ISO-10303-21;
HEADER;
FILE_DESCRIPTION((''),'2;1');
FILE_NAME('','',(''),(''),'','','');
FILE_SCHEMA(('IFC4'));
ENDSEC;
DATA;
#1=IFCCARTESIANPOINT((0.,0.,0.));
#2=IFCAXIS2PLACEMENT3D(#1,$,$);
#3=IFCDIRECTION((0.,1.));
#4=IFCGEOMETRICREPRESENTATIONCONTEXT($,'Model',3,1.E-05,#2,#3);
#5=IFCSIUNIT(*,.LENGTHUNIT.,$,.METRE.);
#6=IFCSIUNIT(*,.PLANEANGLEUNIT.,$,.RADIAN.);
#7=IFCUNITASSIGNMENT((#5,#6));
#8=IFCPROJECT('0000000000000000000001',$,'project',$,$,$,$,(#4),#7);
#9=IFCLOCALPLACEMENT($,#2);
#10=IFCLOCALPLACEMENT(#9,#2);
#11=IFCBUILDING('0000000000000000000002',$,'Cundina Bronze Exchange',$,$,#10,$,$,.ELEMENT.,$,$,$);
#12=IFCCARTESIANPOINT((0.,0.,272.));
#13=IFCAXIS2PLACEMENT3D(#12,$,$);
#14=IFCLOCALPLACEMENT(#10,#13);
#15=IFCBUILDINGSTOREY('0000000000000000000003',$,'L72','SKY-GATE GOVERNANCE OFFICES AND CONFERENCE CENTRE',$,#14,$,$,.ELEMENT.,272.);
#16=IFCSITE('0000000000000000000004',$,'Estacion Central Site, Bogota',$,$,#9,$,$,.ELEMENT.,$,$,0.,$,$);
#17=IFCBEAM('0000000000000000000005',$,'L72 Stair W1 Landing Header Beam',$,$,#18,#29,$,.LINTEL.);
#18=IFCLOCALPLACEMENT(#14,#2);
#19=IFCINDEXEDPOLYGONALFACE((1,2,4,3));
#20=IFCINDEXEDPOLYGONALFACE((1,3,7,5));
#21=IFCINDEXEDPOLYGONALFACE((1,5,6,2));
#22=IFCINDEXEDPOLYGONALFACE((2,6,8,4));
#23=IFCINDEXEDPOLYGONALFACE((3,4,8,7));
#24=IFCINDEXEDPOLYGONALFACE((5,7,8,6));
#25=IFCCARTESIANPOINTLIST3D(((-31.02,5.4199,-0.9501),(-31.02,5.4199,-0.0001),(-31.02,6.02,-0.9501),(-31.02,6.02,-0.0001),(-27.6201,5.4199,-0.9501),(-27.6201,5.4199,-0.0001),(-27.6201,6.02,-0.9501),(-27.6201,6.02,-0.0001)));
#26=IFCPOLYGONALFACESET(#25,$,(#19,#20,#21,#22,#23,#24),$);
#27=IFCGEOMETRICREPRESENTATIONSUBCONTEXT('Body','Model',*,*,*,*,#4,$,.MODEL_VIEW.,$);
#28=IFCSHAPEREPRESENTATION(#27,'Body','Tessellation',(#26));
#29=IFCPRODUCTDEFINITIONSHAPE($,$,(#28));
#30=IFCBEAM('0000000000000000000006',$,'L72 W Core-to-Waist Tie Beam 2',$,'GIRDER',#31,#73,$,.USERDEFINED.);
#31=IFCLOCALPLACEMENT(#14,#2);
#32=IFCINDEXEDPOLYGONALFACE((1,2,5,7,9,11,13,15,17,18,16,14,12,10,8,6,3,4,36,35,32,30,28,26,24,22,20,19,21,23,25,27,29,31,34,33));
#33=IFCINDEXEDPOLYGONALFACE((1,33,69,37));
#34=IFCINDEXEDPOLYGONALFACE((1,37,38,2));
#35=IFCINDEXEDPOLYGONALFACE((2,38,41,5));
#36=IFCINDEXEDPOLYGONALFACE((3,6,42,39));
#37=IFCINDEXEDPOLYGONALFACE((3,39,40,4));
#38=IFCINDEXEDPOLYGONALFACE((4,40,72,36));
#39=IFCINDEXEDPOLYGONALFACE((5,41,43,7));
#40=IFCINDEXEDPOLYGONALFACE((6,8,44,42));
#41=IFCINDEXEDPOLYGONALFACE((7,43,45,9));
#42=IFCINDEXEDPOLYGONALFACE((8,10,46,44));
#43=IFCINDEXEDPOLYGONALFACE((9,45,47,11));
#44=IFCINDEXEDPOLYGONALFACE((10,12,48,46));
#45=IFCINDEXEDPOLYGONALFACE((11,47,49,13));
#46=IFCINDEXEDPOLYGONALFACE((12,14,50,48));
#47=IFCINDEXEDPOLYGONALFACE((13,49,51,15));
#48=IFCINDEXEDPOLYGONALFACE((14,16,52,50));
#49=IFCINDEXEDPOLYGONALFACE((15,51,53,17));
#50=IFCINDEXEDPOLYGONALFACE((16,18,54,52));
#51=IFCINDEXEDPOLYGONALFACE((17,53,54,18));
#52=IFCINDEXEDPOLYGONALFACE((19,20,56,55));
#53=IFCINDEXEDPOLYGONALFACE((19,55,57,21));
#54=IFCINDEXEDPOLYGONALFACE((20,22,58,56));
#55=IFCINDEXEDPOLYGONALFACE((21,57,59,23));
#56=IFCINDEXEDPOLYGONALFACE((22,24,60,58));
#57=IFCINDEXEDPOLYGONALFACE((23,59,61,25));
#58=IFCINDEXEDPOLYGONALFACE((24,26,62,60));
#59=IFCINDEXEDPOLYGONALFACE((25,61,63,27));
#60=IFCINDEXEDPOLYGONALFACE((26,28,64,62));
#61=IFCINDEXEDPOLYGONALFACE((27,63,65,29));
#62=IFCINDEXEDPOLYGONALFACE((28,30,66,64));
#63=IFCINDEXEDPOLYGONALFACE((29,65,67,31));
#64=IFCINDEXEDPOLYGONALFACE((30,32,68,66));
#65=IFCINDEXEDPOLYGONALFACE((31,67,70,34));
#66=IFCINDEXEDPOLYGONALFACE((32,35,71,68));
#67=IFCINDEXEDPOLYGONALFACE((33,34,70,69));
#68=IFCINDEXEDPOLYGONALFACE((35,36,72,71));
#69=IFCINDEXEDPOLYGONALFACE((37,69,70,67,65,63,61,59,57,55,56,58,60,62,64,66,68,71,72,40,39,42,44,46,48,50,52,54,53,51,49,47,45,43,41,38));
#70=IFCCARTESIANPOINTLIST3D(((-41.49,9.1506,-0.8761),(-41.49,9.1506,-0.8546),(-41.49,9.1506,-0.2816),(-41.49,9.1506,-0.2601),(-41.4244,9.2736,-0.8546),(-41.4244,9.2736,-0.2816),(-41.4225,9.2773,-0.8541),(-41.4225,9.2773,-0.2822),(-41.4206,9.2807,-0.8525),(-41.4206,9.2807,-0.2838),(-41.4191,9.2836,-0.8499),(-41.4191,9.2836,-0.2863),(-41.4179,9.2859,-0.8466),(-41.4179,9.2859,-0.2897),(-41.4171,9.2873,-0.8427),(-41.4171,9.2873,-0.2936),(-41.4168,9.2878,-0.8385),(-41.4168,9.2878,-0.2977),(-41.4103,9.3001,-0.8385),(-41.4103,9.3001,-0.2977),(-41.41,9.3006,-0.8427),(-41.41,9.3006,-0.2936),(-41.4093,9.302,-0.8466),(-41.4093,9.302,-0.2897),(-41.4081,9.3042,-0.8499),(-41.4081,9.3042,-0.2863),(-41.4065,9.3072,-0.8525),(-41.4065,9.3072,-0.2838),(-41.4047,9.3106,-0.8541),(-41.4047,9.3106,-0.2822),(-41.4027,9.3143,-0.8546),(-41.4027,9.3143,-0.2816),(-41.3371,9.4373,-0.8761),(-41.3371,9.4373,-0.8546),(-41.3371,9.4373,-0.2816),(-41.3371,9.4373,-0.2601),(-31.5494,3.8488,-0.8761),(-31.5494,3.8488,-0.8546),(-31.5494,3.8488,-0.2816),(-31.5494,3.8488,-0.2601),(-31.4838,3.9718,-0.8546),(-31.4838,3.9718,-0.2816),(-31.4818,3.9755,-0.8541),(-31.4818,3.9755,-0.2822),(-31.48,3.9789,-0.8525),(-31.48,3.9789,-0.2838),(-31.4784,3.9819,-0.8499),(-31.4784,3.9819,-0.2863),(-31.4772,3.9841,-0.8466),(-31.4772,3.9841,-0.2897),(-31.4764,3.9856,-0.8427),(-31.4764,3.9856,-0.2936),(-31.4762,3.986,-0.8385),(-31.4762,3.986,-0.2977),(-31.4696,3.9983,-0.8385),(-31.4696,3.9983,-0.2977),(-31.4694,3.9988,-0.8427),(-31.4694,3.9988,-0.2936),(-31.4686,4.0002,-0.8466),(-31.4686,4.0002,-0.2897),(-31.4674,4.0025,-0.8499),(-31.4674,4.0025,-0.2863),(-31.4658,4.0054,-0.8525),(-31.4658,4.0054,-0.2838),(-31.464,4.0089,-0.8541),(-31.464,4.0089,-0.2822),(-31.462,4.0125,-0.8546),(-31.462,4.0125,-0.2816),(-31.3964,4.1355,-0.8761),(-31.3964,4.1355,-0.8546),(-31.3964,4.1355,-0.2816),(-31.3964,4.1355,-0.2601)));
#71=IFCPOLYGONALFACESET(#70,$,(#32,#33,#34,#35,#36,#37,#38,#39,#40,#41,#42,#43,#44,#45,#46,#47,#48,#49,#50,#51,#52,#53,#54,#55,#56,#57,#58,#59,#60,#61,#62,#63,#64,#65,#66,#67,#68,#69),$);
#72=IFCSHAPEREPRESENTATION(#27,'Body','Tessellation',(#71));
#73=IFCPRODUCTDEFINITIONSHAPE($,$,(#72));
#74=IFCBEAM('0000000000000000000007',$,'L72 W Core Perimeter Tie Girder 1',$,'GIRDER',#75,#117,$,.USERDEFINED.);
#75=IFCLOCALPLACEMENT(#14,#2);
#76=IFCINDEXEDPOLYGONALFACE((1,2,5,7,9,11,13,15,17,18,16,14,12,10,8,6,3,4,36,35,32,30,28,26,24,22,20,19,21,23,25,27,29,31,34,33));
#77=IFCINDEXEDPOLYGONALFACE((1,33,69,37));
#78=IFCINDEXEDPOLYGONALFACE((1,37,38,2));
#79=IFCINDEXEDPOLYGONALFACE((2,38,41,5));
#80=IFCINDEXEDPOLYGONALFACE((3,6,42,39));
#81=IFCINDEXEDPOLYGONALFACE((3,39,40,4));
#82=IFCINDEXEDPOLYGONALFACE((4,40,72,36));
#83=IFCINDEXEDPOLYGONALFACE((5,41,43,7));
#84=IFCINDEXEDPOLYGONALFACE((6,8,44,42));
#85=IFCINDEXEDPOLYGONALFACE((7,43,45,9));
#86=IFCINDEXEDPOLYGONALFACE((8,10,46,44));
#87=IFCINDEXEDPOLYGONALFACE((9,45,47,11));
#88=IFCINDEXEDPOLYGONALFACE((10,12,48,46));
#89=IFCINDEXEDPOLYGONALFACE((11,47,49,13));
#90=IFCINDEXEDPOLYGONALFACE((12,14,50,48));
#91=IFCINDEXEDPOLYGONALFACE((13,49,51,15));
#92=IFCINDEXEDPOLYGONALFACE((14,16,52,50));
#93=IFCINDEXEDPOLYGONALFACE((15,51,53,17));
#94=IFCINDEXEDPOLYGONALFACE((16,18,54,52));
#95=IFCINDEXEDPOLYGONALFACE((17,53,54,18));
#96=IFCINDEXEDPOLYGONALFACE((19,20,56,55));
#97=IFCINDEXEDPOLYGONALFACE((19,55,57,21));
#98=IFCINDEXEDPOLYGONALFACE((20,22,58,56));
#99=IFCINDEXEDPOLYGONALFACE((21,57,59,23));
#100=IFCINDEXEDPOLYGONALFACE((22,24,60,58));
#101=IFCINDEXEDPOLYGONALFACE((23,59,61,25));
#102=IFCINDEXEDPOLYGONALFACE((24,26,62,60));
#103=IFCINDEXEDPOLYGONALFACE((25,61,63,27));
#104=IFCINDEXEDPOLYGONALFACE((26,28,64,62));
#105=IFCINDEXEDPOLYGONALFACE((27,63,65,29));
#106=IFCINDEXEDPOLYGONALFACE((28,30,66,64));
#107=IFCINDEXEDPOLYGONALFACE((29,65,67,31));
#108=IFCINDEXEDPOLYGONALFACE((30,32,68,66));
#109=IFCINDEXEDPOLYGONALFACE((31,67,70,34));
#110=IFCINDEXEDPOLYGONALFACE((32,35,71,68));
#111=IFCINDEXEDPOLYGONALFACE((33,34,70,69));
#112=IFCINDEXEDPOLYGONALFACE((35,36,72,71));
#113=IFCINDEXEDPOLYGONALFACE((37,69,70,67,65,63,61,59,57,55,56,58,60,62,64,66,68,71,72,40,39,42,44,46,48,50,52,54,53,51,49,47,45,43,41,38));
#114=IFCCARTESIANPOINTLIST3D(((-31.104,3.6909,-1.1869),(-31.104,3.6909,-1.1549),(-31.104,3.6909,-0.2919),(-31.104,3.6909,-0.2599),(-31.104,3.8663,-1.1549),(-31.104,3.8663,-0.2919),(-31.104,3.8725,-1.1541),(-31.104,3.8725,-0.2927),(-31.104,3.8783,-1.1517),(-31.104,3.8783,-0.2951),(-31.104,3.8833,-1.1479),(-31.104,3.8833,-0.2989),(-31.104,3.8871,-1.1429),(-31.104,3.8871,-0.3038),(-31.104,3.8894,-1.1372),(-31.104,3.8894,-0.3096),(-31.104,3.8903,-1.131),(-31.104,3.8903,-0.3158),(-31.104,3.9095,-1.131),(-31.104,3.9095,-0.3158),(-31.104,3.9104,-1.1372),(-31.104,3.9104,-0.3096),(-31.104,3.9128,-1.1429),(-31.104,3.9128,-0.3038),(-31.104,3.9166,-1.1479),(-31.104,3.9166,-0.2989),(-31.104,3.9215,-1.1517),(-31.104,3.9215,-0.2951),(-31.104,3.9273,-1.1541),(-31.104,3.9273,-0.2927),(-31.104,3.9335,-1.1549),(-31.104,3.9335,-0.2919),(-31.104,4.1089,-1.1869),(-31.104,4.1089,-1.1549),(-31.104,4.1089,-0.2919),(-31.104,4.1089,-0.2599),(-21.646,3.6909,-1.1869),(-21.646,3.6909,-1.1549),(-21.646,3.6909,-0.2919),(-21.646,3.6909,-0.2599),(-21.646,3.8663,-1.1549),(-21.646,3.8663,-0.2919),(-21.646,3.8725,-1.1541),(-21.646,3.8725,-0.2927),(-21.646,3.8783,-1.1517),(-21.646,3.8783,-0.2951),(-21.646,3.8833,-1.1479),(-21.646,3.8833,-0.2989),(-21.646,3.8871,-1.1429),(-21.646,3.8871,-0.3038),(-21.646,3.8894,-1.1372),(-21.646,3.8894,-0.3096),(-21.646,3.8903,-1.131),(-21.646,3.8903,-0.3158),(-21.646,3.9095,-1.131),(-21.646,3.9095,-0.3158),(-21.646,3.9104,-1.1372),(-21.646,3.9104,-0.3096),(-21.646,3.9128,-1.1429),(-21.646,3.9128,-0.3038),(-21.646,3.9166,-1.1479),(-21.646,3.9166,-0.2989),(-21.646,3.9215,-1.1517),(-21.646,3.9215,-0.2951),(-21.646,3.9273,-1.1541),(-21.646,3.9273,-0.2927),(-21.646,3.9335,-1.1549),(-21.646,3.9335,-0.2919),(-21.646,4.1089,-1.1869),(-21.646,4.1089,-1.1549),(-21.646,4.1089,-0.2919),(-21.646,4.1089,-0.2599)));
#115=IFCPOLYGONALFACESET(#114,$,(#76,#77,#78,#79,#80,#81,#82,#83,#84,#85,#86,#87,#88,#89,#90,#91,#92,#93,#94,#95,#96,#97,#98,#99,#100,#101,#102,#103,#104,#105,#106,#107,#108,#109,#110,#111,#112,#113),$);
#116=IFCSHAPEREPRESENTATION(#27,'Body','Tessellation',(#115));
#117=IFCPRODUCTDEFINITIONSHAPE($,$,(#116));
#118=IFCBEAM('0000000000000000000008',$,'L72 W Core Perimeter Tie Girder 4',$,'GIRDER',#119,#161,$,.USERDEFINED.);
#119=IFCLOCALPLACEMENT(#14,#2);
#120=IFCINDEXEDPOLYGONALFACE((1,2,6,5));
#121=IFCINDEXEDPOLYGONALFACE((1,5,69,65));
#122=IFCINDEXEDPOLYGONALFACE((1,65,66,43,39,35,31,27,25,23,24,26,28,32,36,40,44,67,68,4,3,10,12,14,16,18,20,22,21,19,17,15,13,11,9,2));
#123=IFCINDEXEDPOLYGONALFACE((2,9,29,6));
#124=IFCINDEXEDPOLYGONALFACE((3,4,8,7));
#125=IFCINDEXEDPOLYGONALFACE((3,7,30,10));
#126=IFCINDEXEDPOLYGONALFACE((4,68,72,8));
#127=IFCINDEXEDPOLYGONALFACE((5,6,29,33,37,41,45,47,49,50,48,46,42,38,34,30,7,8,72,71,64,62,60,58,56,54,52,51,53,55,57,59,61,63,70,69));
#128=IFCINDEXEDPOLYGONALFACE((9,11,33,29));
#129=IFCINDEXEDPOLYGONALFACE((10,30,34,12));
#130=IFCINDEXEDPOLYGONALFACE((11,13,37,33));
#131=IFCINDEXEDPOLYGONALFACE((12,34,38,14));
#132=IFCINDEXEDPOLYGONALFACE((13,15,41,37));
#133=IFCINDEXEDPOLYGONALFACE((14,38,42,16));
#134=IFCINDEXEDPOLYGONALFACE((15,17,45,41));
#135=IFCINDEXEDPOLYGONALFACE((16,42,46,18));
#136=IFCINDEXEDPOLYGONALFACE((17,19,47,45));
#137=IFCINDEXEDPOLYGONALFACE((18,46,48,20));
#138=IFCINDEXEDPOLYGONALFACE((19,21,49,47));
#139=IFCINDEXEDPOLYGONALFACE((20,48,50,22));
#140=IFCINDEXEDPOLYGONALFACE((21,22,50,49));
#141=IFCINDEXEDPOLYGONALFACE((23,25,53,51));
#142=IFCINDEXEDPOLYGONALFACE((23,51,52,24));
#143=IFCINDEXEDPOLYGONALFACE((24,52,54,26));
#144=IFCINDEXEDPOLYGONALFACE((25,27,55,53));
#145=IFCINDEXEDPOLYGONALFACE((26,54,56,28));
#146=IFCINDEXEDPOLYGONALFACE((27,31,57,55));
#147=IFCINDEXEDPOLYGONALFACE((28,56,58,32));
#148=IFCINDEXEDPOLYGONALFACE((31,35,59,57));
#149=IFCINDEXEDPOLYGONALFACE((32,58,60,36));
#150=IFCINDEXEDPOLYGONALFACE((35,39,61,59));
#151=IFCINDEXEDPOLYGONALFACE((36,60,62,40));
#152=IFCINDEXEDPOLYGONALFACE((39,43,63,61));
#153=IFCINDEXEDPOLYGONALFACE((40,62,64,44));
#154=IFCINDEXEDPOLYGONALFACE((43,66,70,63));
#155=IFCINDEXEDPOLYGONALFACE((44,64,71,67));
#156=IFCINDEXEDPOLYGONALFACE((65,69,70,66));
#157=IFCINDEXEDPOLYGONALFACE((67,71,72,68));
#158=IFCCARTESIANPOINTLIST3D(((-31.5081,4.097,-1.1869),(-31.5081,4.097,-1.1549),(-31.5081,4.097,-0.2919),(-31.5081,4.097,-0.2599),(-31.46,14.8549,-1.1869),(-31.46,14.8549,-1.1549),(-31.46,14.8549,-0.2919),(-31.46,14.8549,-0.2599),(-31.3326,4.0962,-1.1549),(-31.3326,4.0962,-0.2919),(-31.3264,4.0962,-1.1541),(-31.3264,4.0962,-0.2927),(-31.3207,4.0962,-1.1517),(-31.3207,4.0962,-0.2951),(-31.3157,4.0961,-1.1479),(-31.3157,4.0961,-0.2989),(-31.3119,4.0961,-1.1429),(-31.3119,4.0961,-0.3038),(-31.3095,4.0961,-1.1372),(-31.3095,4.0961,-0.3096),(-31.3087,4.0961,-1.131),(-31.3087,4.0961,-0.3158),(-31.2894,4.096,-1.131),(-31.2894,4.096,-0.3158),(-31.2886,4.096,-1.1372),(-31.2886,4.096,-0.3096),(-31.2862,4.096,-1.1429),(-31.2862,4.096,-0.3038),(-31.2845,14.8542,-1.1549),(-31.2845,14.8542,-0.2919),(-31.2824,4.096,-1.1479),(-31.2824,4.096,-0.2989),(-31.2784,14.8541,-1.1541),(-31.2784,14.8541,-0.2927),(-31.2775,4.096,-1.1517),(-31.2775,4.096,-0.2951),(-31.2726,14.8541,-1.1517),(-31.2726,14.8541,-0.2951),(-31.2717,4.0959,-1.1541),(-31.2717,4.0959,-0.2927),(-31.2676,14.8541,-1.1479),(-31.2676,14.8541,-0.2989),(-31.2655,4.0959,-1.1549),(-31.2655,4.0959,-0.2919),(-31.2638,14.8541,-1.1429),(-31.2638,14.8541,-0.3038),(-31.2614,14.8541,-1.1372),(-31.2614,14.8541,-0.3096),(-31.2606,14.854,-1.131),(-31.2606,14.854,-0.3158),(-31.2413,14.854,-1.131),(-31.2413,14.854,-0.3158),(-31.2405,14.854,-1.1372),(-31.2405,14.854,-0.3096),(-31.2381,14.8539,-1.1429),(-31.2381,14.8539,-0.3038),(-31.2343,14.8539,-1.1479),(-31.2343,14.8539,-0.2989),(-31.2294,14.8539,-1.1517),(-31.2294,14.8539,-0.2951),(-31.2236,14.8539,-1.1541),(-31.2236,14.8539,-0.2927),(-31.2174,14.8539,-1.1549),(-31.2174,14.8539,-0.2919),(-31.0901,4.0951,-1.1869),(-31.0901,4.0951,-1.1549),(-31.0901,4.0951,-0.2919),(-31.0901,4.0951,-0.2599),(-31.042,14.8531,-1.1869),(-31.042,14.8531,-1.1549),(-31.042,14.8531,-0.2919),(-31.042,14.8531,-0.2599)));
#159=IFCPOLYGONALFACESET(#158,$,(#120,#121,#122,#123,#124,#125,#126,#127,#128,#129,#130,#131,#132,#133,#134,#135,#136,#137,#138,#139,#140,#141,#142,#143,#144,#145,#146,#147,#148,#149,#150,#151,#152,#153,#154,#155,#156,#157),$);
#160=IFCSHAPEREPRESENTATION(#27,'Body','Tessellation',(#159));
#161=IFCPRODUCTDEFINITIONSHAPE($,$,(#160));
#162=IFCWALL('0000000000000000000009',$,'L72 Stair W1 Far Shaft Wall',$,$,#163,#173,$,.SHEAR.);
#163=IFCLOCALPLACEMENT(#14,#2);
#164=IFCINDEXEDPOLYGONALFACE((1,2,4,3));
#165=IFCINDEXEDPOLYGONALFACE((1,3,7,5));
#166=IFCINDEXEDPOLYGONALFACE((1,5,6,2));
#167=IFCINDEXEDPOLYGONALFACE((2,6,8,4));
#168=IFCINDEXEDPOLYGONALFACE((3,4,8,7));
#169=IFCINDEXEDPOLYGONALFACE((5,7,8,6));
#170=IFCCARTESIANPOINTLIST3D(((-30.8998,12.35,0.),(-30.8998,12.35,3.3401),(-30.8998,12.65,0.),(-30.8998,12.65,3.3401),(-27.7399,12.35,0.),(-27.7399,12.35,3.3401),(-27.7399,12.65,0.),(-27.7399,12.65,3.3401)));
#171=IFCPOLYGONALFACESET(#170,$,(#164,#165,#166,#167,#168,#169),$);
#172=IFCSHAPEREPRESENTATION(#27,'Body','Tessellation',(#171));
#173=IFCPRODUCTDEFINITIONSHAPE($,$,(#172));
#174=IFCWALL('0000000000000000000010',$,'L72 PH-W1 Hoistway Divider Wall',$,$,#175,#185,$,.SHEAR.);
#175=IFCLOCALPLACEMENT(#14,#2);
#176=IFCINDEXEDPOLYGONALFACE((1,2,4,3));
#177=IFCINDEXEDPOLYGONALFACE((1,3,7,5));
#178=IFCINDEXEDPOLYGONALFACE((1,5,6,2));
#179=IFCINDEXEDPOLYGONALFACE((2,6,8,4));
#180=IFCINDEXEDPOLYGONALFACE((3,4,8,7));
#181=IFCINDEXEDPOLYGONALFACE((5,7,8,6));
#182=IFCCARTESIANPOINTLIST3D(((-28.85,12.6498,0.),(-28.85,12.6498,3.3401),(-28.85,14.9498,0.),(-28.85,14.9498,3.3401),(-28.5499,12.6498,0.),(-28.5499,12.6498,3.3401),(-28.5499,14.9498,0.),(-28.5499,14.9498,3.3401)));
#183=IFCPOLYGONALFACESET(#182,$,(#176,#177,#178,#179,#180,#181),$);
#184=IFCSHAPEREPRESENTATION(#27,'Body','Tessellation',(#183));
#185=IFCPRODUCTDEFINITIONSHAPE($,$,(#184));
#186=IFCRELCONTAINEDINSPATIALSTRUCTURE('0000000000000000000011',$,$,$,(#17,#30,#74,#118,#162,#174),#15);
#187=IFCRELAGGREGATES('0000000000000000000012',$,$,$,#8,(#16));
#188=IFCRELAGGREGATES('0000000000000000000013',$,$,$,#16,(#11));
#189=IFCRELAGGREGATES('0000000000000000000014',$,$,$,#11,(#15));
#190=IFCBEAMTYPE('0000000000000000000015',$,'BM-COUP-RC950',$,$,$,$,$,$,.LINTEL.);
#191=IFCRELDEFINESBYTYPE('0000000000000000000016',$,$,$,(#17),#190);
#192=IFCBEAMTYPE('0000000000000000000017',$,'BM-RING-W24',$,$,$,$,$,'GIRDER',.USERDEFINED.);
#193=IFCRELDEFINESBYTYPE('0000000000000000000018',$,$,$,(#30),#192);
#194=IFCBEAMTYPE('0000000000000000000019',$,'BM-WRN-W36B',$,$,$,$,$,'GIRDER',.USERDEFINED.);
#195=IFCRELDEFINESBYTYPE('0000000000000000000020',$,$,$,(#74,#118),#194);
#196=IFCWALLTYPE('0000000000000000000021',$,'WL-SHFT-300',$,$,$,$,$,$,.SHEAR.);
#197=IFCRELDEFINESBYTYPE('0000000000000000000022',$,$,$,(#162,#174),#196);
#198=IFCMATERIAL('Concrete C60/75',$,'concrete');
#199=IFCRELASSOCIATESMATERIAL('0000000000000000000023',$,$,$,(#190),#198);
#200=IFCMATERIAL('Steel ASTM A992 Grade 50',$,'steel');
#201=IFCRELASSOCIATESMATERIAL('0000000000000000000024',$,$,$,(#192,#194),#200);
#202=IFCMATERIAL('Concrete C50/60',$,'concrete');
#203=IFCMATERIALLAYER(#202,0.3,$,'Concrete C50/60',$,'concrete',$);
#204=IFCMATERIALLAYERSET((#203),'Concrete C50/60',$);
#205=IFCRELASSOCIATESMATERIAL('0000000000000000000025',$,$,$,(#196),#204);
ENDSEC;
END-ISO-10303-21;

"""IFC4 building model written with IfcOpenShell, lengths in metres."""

from ifc_helpers import new_model, si_unit, direction, frame, frame_2d, origin, origin_2d, place, context, subcontext, project, spatial, rectangle, i_section, extrude, material, layer, layer_set, material_profile, profile_set, type_object, element, save


model = new_model("IFC4")

# Units and contexts
model_context = context("Model", 3, precision=1e-05, world=origin(), true_north=direction((0.0, 1.0)))
body_context = subcontext(model_context, "Body", "Model", "MODEL_VIEW")
ifc_project = project(units=[si_unit("LENGTHUNIT", "METRE"), si_unit("PLANEANGLEUNIT", "RADIAN")], contexts=[model_context])

# Site, building, storey
site_placement = place(None, origin())
site = spatial("IfcSite", under=ifc_project, at=site_placement, Name="Estacion Central Site, Bogota", CompositionType="ELEMENT", RefElevation=0.0)
building_placement = place(site_placement, origin())
building = spatial("IfcBuilding", under=site, at=building_placement, Name="Cundina Bronze Exchange", CompositionType="ELEMENT")
storey_placement = place(building_placement, frame((0.0, 0.0, 272.0)))
storey = spatial("IfcBuildingStorey", under=building, at=storey_placement, Name="L72", Description="SKY-GATE GOVERNANCE OFFICES AND CONFERENCE CENTRE", CompositionType="ELEMENT", Elevation=272.0)

# Beams
ifc_material_1 = material(Name="Concrete C60/75", Category="concrete")
ifc_material_profile_1 = material_profile(ifc_material_1, rectangle(XDim=0.6001, YDim=0.95, at=origin_2d()), Name="RC600X950", Category="concrete")
ifc_profile_set_1 = profile_set([ifc_material_profile_1], Name="Concrete C60/75")
beam_type_1 = type_object("IfcBeamType", Name="BM-COUP-RC950", PredefinedType="LINTEL", material=ifc_profile_set_1)
beam_1_placement = place(storey_placement, frame((-31.02, 5.72, -0.4751), z_axis=(1.0, 0.0, 0.0), x_axis=(0.0, 1.0, 0.0)))
element("IfcBeam", 1, at=beam_1_placement, inside=storey, type_object=beam_type_1, Name="L72 Stair W1 Landing Header Beam", PredefinedType="LINTEL", context=body_context, shape_type="SweptSolid", body=[
    extrude(rectangle(XDim=0.6001, YDim=0.95, at=origin_2d()), origin(), (0.0, 0.0, 1.0), 3.3999),
])
ifc_material_2 = material(Name="Steel ASTM A992 Grade 50", Category="steel")
ifc_material_profile_2 = material_profile(ifc_material_2, i_section(OverallWidth=0.325, OverallDepth=0.616, WebThickness=0.0139, FlangeThickness=0.0215, FilletRadius=0.0161, at=origin_2d()), Name="W24X117", Category="steel")
ifc_profile_set_2 = profile_set([ifc_material_profile_2], Name="Steel ASTM A992 Grade 50")
beam_type_2 = type_object("IfcBeamType", Name="BM-RING-W24", ElementType="GIRDER", PredefinedType="USERDEFINED", material=ifc_profile_set_2)
beam_2_placement = place(storey_placement, frame((-31.4729, 3.9922, -0.5681), z_axis=(-0.882351, 0.470593, 0.0), x_axis=(-0.470593, -0.882351, 0.0)))
element("IfcBeam", 2, at=beam_2_placement, inside=storey, type_object=beam_type_2, Name="L72 W Core-to-Waist Tie Beam 2", ObjectType="GIRDER", PredefinedType="USERDEFINED", context=body_context, shape_type="SweptSolid", body=[
    extrude(i_section(OverallWidth=0.325, OverallDepth=0.616, WebThickness=0.0139, FlangeThickness=0.0215, FilletRadius=0.0161, at=origin_2d()), origin(), (0.0, 0.0, 1.0), 11.2661),
])
ifc_material_profile_3 = material_profile(ifc_material_2, i_section(OverallWidth=0.418, OverallDepth=0.927, WebThickness=0.0193, FlangeThickness=0.032, FilletRadius=0.0239, at=origin_2d()), Name="W36X231", Category="steel")
ifc_profile_set_3 = profile_set([ifc_material_profile_3], Name="Steel ASTM A992 Grade 50")
beam_type_3 = type_object("IfcBeamType", Name="BM-WRN-W36B", ElementType="GIRDER", PredefinedType="USERDEFINED", material=ifc_profile_set_3)
beam_3_placement = place(storey_placement, frame((-31.104, 3.8999, -0.7234), z_axis=(1.0, 0.0, 0.0), x_axis=(0.0, 1.0, 0.0)))
element("IfcBeam", 3, at=beam_3_placement, inside=storey, type_object=beam_type_3, Name="L72 W Core Perimeter Tie Girder 1", ObjectType="GIRDER", PredefinedType="USERDEFINED", context=body_context, shape_type="SweptSolid", body=[
    extrude(i_section(OverallWidth=0.418, OverallDepth=0.927, WebThickness=0.0193, FlangeThickness=0.032, FilletRadius=0.0239, at=origin_2d()), origin(), (0.0, 0.0, 1.0), 9.458),
])
beam_4_placement = place(storey_placement, frame((-31.251, 14.854, -0.7234), z_axis=(-0.004471, -0.99999, 0.0), x_axis=(0.99999, -0.004471, 0.0)))
element("IfcBeam", 4, at=beam_4_placement, inside=storey, type_object=beam_type_3, Name="L72 W Core Perimeter Tie Girder 4", ObjectType="GIRDER", PredefinedType="USERDEFINED", context=body_context, shape_type="SweptSolid", body=[
    extrude(i_section(OverallWidth=0.418, OverallDepth=0.927, WebThickness=0.0193, FlangeThickness=0.032, FilletRadius=0.0239, at=origin_2d()), origin(), (0.0, 0.0, 1.0), 10.7581),
])

# Shared definitions
ifc_material_3 = material(Name="Concrete C50/60", Category="concrete")
ifc_layer_1 = layer(ifc_material_3, 0.3, Name="Concrete C50/60", Category="concrete")
ifc_layer_set_1 = layer_set([ifc_layer_1], Name="Concrete C50/60")
wall_type_1 = type_object("IfcWallType", Name="WL-SHFT-300", PredefinedType="SHEAR", material=ifc_layer_set_1)

# Walls
wall_1_placement = place(storey_placement, frame((-30.8999, 12.5, 0.0), z_axis=(0.0, 0.0, 1.0), x_axis=(1.0, 0.0, 0.0)))
element("IfcWall", 5, at=wall_1_placement, inside=storey, type_object=wall_type_1, Name="L72 Stair W1 Far Shaft Wall", PredefinedType="SHEAR", context=body_context, shape_type="SweptSolid", body=[
    extrude(rectangle(XDim=3.1599, YDim=0.3, at=frame_2d((1.5801, 0.0))), origin(), (0.0, 0.0, 1.0), 3.3401),
])
wall_2_placement = place(storey_placement, frame((-28.7, 12.6499, 0.0), z_axis=(0.0, 0.0, 1.0), x_axis=(0.0, 1.0, 0.0)))
element("IfcWall", 6, at=wall_2_placement, inside=storey, type_object=wall_type_1, Name="L72 PH-W1 Hoistway Divider Wall", PredefinedType="SHEAR", context=body_context, shape_type="SweptSolid", body=[
    extrude(rectangle(XDim=2.3, YDim=0.3, at=frame_2d((1.1499, 0.0))), origin(), (0.0, 0.0, 1.0), 3.3401),
])

save(model, "model.ifc")
